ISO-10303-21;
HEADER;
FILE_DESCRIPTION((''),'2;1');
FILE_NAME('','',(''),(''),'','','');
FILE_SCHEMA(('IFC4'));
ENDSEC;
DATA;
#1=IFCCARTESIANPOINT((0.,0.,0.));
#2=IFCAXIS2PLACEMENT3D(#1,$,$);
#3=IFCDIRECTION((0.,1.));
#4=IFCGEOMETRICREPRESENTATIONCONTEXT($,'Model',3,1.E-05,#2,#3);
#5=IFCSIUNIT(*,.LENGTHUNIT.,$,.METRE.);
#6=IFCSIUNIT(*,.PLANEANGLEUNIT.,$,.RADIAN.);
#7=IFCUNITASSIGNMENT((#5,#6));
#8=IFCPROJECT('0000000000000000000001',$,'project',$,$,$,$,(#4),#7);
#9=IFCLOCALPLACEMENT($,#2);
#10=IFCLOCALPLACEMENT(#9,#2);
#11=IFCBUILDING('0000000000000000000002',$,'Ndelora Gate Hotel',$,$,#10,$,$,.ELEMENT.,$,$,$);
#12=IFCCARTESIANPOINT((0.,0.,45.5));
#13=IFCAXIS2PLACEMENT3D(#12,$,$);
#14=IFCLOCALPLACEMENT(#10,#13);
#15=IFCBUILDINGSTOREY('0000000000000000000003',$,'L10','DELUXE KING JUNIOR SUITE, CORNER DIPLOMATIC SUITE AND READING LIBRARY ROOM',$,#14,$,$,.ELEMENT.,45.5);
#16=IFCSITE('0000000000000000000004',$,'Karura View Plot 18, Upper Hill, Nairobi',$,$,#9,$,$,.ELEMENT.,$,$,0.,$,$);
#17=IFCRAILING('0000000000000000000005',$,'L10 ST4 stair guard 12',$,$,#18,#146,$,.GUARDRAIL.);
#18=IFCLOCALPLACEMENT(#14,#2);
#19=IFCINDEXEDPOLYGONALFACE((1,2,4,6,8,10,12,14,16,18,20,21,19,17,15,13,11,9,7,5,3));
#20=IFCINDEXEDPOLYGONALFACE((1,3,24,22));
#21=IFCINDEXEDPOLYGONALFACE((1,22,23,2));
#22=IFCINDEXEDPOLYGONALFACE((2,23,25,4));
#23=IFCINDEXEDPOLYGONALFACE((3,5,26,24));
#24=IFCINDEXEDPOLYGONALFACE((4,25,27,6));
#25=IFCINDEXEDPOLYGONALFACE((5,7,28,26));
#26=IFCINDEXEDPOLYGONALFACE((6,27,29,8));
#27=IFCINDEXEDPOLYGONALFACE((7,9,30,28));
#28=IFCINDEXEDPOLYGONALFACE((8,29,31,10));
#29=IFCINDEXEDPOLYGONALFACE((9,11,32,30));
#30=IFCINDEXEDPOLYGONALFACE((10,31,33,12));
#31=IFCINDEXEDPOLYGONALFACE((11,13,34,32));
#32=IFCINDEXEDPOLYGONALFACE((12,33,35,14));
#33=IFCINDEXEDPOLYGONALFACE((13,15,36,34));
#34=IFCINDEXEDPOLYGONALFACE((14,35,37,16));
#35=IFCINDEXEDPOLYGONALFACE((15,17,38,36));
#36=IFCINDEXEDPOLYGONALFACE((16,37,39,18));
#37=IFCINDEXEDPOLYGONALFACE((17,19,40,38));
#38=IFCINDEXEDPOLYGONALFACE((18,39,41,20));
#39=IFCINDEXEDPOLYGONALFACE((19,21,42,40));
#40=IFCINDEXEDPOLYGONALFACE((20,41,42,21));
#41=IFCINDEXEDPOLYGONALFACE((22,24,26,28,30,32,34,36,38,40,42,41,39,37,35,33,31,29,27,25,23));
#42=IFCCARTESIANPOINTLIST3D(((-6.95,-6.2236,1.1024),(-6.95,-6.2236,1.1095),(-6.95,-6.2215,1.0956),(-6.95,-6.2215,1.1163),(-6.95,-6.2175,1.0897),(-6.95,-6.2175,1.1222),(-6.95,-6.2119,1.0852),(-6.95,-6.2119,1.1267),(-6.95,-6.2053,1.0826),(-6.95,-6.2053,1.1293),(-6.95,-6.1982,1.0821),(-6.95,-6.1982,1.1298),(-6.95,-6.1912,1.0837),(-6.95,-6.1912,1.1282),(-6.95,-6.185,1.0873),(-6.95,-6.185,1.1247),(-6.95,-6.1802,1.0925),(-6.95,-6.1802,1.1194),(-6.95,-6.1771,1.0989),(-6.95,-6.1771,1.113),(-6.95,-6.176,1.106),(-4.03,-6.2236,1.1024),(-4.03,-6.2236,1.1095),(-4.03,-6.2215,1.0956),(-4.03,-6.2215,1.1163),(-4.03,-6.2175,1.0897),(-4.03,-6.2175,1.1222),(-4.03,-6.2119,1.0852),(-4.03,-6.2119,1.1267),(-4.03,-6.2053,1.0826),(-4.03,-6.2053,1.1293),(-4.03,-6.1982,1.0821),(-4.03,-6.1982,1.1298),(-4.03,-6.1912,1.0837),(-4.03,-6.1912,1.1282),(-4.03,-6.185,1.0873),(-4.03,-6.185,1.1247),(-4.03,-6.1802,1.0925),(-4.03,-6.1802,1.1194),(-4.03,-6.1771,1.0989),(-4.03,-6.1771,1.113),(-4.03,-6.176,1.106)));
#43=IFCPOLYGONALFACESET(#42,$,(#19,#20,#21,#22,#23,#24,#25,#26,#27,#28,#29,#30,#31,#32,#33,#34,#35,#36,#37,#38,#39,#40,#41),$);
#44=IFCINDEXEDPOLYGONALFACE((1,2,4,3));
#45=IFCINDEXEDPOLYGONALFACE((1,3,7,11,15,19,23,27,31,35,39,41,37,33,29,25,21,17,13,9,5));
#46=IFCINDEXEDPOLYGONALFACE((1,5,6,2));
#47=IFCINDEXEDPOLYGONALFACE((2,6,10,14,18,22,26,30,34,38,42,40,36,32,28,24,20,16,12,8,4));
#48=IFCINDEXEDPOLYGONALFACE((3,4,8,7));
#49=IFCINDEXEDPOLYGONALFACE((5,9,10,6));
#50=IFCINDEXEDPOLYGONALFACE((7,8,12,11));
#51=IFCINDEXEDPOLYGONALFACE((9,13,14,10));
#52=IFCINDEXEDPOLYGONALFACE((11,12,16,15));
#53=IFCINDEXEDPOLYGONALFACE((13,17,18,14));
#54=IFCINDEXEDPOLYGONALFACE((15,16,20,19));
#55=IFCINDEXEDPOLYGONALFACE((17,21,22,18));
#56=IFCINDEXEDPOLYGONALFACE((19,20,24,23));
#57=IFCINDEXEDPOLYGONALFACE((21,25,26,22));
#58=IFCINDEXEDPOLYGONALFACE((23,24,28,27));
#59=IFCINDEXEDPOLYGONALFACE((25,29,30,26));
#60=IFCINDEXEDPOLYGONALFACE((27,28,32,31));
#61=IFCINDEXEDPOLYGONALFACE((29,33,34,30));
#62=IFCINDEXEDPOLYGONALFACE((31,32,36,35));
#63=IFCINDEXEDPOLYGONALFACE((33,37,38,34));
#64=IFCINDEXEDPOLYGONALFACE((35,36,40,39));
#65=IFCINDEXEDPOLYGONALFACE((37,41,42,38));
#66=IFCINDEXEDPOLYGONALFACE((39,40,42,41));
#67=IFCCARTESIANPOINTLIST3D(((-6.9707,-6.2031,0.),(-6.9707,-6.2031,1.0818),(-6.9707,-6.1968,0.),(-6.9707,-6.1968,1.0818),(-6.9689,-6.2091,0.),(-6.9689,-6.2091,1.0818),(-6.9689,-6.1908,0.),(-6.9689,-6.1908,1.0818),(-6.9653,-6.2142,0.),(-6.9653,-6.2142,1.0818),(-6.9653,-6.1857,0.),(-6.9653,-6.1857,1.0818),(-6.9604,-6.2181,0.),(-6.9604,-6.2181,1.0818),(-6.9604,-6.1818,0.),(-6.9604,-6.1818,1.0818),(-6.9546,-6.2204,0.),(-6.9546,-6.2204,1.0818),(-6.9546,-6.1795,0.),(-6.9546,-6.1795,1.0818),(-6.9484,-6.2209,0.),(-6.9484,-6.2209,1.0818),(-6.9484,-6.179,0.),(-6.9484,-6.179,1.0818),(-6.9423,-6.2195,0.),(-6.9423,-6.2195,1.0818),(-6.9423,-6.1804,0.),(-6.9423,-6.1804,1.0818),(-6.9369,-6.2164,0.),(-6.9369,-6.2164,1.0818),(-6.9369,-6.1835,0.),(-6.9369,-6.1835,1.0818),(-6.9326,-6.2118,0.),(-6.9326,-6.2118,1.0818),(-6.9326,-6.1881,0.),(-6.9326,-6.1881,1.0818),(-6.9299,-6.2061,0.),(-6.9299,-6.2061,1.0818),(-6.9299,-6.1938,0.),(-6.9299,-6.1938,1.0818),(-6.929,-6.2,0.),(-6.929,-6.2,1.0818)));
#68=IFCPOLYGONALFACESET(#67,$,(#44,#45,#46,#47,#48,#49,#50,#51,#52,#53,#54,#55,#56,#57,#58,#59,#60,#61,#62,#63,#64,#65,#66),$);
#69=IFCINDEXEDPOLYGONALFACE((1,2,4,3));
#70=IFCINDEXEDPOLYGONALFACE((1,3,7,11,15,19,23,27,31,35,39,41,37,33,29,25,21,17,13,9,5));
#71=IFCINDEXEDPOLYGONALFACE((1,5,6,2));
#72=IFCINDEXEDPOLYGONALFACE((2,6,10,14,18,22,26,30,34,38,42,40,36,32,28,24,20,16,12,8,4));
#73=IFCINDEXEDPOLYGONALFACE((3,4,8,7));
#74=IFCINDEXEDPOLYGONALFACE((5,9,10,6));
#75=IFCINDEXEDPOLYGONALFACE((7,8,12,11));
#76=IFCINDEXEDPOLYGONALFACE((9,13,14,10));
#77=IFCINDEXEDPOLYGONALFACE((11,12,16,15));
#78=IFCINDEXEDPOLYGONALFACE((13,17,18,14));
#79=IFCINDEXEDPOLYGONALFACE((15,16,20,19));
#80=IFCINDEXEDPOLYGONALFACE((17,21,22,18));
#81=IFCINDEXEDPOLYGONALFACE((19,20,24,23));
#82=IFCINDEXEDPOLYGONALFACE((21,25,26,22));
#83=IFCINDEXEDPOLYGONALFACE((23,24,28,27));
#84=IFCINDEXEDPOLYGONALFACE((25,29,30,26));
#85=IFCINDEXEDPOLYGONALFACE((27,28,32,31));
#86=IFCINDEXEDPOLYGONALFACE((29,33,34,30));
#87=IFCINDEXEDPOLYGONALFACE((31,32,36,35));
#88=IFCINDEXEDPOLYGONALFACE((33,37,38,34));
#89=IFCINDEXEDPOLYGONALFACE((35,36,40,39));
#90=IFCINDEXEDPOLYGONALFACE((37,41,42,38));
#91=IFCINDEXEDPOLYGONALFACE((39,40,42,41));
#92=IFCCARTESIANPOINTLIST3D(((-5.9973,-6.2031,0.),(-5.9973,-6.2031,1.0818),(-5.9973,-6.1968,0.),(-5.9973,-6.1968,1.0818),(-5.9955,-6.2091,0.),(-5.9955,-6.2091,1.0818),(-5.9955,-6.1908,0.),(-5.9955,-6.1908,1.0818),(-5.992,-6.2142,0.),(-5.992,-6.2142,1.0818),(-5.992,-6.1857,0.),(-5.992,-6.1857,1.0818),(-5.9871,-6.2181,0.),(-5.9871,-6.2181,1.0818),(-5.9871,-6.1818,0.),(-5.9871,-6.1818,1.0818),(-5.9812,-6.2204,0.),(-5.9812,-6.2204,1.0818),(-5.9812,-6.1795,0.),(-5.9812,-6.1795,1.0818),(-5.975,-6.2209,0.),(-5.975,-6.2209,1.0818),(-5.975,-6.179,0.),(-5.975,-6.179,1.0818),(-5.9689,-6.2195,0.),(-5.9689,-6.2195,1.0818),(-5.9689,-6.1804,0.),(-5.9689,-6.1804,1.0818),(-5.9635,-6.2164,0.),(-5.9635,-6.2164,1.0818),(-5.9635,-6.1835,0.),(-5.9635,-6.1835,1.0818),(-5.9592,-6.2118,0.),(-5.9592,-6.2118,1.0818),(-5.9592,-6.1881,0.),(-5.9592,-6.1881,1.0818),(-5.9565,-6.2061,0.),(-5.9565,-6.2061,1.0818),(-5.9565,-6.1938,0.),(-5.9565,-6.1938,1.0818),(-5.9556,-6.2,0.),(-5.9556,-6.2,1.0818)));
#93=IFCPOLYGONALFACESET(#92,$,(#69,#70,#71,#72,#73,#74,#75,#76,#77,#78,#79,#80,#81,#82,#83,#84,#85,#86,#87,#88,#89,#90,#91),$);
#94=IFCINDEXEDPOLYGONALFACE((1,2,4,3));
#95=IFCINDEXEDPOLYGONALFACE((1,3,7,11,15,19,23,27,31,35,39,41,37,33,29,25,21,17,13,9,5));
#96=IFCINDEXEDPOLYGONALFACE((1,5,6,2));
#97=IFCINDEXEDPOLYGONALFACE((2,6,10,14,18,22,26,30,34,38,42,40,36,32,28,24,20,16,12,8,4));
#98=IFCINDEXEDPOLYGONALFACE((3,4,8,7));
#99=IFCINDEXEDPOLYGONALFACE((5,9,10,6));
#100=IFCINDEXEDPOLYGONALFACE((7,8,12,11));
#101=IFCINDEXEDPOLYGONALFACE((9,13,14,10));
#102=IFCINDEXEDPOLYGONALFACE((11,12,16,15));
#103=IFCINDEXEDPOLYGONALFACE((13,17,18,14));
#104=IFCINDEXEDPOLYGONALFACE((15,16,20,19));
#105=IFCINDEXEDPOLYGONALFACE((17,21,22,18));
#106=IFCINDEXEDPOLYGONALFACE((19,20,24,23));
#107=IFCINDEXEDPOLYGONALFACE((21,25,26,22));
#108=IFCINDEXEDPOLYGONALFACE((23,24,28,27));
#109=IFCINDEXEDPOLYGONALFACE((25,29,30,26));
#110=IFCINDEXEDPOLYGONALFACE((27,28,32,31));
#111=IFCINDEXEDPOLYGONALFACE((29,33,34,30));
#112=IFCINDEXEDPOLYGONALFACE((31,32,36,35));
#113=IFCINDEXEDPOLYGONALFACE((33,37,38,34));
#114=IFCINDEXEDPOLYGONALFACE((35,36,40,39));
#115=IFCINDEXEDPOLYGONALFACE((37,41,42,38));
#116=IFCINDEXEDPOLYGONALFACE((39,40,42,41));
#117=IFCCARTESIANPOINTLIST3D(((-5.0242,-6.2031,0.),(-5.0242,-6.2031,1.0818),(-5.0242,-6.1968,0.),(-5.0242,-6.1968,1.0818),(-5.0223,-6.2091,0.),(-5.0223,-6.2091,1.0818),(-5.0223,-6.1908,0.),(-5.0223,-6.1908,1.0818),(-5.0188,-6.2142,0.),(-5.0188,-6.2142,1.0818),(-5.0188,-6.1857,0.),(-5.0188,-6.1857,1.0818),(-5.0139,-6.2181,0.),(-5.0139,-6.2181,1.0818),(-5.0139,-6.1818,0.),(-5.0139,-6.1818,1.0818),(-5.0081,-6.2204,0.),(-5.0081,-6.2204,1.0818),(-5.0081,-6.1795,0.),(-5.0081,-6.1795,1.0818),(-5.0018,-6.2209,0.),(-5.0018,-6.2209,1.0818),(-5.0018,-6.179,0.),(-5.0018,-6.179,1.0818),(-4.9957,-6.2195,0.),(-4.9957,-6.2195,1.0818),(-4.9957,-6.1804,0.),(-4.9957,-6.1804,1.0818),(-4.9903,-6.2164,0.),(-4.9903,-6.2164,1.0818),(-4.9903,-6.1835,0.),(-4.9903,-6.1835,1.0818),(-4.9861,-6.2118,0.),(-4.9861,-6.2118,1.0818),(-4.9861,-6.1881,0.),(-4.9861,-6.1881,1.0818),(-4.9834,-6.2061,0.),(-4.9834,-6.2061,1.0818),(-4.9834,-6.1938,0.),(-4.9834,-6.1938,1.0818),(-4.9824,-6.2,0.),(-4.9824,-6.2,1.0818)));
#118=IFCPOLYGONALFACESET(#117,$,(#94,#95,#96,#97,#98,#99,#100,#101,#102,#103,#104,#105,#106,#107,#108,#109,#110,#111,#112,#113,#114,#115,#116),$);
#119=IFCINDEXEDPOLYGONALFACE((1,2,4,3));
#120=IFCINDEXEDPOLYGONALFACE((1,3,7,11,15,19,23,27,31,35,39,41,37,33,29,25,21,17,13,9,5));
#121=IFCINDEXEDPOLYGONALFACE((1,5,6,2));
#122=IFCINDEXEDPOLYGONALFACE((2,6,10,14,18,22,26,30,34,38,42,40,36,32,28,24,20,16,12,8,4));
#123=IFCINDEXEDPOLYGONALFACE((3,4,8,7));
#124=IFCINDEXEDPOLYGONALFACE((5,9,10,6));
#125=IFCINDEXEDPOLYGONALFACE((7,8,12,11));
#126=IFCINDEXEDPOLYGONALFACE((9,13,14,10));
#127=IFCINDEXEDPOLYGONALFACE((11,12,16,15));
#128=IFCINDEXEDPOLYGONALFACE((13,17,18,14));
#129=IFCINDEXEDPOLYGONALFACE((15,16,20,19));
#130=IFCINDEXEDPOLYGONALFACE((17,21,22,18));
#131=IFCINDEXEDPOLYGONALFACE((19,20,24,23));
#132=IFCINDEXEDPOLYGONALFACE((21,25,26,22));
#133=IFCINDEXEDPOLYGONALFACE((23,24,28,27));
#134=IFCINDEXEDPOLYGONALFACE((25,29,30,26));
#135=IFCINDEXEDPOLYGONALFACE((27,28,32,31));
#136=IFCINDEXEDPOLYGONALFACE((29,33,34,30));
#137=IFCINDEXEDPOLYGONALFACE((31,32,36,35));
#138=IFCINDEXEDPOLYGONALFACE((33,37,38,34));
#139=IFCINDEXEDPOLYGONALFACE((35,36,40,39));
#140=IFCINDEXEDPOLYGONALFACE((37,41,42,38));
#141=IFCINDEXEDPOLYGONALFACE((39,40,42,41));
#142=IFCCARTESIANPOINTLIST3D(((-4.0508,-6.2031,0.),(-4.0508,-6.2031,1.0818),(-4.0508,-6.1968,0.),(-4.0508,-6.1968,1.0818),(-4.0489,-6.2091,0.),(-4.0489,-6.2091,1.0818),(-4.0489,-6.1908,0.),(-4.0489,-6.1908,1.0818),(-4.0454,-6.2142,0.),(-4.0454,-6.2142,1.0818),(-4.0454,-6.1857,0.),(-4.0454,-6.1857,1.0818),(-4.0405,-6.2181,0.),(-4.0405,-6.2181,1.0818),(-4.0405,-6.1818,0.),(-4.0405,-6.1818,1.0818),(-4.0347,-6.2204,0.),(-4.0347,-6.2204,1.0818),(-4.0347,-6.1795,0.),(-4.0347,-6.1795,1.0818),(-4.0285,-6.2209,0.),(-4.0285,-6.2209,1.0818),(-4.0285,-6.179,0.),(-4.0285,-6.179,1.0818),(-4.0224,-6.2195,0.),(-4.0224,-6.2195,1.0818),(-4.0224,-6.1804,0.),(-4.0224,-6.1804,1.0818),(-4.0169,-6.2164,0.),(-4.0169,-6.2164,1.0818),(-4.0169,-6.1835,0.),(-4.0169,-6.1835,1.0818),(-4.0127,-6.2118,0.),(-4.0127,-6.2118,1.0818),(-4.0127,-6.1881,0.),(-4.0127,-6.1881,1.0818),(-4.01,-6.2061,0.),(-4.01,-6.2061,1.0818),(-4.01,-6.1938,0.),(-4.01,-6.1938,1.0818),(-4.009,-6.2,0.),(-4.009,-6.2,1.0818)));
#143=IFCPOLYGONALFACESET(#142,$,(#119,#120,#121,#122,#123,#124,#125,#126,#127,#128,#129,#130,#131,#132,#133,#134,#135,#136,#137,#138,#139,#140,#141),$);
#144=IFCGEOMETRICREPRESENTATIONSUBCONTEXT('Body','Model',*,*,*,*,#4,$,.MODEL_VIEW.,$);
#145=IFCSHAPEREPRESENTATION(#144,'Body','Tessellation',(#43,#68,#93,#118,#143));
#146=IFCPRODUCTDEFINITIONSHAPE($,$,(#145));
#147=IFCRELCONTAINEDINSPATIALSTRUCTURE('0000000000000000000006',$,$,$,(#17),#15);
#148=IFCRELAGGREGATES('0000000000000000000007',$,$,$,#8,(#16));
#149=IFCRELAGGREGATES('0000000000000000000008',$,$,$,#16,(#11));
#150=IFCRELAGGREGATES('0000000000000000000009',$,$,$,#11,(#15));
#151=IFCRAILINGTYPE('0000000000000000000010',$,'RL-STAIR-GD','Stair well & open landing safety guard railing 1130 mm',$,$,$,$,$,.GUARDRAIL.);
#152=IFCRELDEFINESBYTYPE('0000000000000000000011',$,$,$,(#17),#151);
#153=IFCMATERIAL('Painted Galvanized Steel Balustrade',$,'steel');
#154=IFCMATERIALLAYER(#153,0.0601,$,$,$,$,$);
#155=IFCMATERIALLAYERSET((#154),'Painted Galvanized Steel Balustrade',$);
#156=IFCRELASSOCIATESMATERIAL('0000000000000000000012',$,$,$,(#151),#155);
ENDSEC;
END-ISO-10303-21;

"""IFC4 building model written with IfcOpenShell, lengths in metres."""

from ifc_helpers import new_model, si_unit, direction, frame, origin, origin_2d, place, context, subcontext, project, spatial, circle, extrude, material, layer, layer_set, type_object, element, save


model = new_model("IFC4")

# Units and contexts
model_context = context("Model", 3, precision=1e-05, world=origin(), true_north=direction((0.0, 1.0)))
body_context = subcontext(model_context, "Body", "Model", "MODEL_VIEW")
ifc_project = project(units=[si_unit("LENGTHUNIT", "METRE"), si_unit("PLANEANGLEUNIT", "RADIAN")], contexts=[model_context])

# Site, building, storey
site_placement = place(None, origin())
site = spatial("IfcSite", under=ifc_project, at=site_placement, Name="Karura View Plot 18, Upper Hill, Nairobi", CompositionType="ELEMENT", RefElevation=0.0)
building_placement = place(site_placement, origin())
building = spatial("IfcBuilding", under=site, at=building_placement, Name="Ndelora Gate Hotel", CompositionType="ELEMENT")
storey_placement = place(building_placement, frame((0.0, 0.0, 45.5)))
storey = spatial("IfcBuildingStorey", under=building, at=storey_placement, Name="L10", Description="DELUXE KING JUNIOR SUITE, CORNER DIPLOMATIC SUITE AND READING LIBRARY ROOM", CompositionType="ELEMENT", Elevation=45.5)

# Railing
ifc_material_1 = material(Name="Painted Galvanized Steel Balustrade", Category="steel")
ifc_layer_1 = layer(ifc_material_1, 0.0601)
ifc_layer_set_1 = layer_set([ifc_layer_1], Name="Painted Galvanized Steel Balustrade")
railing_type = type_object("IfcRailingType", Name="RL-STAIR-GD", Description="Stair well & open landing safety guard railing 1130 mm", PredefinedType="GUARDRAIL", material=ifc_layer_set_1)
railing_1_placement = place(storey_placement, frame((-6.95, -6.2, 0.0)))
element("IfcRailing", 1, at=railing_1_placement, inside=storey, type_object=railing_type, Name="L10 ST4 stair guard 12", PredefinedType="GUARDRAIL", context=body_context, shape_type="SweptSolid", body=[
    extrude(circle(Radius=0.0239, at=origin_2d()), frame((0.0, 0.0, 1.106), z_axis=(1.0, 0.0, 0.0), x_axis=(0.0, 1.0, 0.0)), (0.0, 0.0, 1.0), 2.9199),
    extrude(circle(Radius=0.021, at=origin_2d()), origin(), (0.0, 0.0, 1.0), 1.0818),
    extrude(circle(Radius=0.021, at=origin_2d()), frame((0.9734, 0.0, 0.0)), (0.0, 0.0, 1.0), 1.0818),
    extrude(circle(Radius=0.021, at=origin_2d()), frame((1.9465, 0.0, 0.0)), (0.0, 0.0, 1.0), 1.0818),
    extrude(circle(Radius=0.021, at=origin_2d()), frame((2.9199, 0.0, 0.0)), (0.0, 0.0, 1.0), 1.0818),
])

save(model, "model.ifc")
